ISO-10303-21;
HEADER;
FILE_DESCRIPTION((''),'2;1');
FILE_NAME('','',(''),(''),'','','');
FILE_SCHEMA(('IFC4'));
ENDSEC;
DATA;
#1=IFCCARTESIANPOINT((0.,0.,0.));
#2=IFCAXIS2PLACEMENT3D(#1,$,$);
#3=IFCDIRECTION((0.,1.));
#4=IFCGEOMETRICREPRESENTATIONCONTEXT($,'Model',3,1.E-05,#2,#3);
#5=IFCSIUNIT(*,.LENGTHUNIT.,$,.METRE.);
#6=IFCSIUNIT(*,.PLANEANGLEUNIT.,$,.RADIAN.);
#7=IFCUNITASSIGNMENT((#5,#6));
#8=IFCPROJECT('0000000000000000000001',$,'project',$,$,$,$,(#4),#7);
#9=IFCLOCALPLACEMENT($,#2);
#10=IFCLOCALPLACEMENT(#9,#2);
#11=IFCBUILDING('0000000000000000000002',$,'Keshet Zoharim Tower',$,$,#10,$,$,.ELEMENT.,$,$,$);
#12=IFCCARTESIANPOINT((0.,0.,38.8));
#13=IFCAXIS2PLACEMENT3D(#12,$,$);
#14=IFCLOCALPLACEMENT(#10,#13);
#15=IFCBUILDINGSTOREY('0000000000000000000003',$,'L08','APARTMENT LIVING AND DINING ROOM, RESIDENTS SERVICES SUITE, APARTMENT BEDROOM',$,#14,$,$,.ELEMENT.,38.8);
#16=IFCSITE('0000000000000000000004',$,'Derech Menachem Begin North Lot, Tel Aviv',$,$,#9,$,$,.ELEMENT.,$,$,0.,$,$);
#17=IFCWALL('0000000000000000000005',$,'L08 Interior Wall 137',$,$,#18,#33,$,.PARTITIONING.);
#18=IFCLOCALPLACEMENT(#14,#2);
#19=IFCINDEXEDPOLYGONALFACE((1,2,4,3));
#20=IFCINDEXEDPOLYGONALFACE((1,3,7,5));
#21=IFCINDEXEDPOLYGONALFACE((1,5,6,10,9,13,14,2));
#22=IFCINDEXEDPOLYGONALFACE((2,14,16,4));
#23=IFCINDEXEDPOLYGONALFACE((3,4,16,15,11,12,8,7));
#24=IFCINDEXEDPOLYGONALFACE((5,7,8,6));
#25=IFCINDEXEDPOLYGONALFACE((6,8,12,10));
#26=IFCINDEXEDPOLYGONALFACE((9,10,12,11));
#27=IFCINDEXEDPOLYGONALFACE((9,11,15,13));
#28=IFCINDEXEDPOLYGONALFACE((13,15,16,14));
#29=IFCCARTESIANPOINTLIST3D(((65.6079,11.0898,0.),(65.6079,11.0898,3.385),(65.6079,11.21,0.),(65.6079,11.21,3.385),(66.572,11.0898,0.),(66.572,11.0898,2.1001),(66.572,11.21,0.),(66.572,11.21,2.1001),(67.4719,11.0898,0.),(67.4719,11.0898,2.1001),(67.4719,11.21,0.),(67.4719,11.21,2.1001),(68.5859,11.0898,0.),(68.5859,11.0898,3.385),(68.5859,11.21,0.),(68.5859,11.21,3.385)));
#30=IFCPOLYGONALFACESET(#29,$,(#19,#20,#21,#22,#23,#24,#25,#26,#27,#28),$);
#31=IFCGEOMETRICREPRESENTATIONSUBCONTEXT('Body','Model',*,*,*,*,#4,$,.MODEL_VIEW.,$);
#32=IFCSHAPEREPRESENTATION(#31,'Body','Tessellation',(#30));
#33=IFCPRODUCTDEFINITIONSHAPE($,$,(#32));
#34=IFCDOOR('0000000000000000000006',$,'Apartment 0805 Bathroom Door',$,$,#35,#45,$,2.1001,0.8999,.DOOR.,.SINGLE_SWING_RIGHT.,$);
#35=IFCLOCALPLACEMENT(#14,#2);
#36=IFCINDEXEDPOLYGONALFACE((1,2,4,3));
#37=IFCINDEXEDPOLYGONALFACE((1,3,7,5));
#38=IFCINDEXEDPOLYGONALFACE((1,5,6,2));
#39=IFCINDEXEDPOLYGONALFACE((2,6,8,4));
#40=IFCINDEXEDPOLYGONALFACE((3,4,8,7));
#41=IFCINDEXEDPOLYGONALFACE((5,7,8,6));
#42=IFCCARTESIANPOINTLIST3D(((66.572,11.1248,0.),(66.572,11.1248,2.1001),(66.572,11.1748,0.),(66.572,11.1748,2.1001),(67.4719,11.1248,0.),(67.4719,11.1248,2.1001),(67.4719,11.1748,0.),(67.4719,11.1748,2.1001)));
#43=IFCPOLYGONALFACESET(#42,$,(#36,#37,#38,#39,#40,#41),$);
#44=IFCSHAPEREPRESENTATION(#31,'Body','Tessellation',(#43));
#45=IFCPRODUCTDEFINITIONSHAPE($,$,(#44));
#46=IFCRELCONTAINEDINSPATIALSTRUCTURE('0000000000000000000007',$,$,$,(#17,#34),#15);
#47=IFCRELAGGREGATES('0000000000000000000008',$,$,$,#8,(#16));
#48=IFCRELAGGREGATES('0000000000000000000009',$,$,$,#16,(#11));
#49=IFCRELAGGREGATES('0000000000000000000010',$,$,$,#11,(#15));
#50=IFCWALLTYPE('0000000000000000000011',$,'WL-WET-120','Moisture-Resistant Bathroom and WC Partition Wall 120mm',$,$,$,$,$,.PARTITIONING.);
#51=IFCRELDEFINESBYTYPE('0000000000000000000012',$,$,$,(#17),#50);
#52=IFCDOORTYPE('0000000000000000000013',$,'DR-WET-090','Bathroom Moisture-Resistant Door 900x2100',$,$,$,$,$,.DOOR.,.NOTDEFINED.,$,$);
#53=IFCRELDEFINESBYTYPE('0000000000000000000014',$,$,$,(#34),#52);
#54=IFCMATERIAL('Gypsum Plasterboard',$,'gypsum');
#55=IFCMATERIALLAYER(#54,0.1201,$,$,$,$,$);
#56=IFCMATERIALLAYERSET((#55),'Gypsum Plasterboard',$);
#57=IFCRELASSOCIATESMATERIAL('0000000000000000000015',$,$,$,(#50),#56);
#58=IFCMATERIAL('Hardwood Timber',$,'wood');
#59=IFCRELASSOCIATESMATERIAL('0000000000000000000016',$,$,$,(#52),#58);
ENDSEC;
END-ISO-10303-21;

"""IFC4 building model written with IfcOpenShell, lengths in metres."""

from ifc_helpers import new_model, si_unit, direction, frame, frame_2d, origin, place, context, subcontext, project, spatial, rectangle, extrude, material, layer, layer_set, type_object, element, fill, save


model = new_model("IFC4")

# Units and contexts
model_context = context("Model", 3, precision=1e-05, world=origin(), true_north=direction((0.0, 1.0)))
body_context = subcontext(model_context, "Body", "Model", "MODEL_VIEW")
ifc_project = project(units=[si_unit("LENGTHUNIT", "METRE"), si_unit("PLANEANGLEUNIT", "RADIAN")], contexts=[model_context])

# Site, building, storey
site_placement = place(None, origin())
site = spatial("IfcSite", under=ifc_project, at=site_placement, Name="Derech Menachem Begin North Lot, Tel Aviv", CompositionType="ELEMENT", RefElevation=0.0)
building_placement = place(site_placement, origin())
building = spatial("IfcBuilding", under=site, at=building_placement, Name="Keshet Zoharim Tower", CompositionType="ELEMENT")
storey_placement = place(building_placement, frame((0.0, 0.0, 38.8)))
storey = spatial("IfcBuildingStorey", under=building, at=storey_placement, Name="L08", Description="APARTMENT LIVING AND DINING ROOM, RESIDENTS SERVICES SUITE, APARTMENT BEDROOM", CompositionType="ELEMENT", Elevation=38.8)

# Shared definitions
ifc_material_1 = material(Name="Gypsum Plasterboard", Category="gypsum")
ifc_material_2 = material(Name="Hardwood Timber", Category="wood")

# Shared definitions
ifc_layer_1 = layer(ifc_material_1, 0.1201)
ifc_layer_set_1 = layer_set([ifc_layer_1], Name="Gypsum Plasterboard")
wall_type_1 = type_object("IfcWallType", Name="WL-WET-120", Description="Moisture-Resistant Bathroom and WC Partition Wall 120mm", PredefinedType="PARTITIONING", material=ifc_layer_set_1)

# Wall, opening, door
wall_1_placement = place(storey_placement, frame((65.6079, 11.1499, 0.0), z_axis=(0.0, 0.0, 1.0), x_axis=(1.0, 0.0, 0.0)))
wall_1 = element("IfcWall", 1, at=wall_1_placement, inside=storey, type_object=wall_type_1, Name="L08 Interior Wall 137", PredefinedType="PARTITIONING", context=body_context, shape_type="SweptSolid", body=[
    extrude(rectangle(XDim=2.978, YDim=0.1201, at=frame_2d((1.489, 0.0))), origin(), (0.0, 0.0, 1.0), 3.385),
])
opening_1_placement = place(wall_1_placement, frame((0.9641, 0.0, 0.0)))
opening_1 = element("IfcOpeningElement", 2, at=opening_1_placement, cuts=wall_1, PredefinedType="OPENING", context=body_context, shape_type="SweptSolid", body=[
    extrude(rectangle(XDim=0.8999, YDim=2.1001, at=frame_2d((0.45, 1.05))), frame((0.0, 0.0701, 0.0), z_axis=(0.0, -1.0, 0.0), x_axis=(1.0, 0.0, 0.0)), (0.0, 0.0, 1.0), 0.1401),
])
door_type_1 = type_object("IfcDoorType", Name="DR-WET-090", Description="Bathroom Moisture-Resistant Door 900x2100", OperationType="NOTDEFINED", PredefinedType="DOOR", material=ifc_material_2)
door_1_placement = place(opening_1_placement, origin())
door_1 = element("IfcDoor", 3, at=door_1_placement, inside=storey, type_object=door_type_1, Name="Apartment 0805 Bathroom Door", OperationType="SINGLE_SWING_RIGHT", OverallHeight=2.1001, OverallWidth=0.8999, PredefinedType="DOOR", context=body_context, shape_type="SweptSolid", body=[
    extrude(rectangle(XDim=0.8999, YDim=2.1001, at=frame_2d((0.45, 1.05))), frame((0.0, 0.0249, 0.0), z_axis=(0.0, -1.0, 0.0), x_axis=(1.0, 0.0, 0.0)), (0.0, 0.0, 1.0), 0.05),
])
fill(opening_1, door_1)

save(model, "model.ifc")
